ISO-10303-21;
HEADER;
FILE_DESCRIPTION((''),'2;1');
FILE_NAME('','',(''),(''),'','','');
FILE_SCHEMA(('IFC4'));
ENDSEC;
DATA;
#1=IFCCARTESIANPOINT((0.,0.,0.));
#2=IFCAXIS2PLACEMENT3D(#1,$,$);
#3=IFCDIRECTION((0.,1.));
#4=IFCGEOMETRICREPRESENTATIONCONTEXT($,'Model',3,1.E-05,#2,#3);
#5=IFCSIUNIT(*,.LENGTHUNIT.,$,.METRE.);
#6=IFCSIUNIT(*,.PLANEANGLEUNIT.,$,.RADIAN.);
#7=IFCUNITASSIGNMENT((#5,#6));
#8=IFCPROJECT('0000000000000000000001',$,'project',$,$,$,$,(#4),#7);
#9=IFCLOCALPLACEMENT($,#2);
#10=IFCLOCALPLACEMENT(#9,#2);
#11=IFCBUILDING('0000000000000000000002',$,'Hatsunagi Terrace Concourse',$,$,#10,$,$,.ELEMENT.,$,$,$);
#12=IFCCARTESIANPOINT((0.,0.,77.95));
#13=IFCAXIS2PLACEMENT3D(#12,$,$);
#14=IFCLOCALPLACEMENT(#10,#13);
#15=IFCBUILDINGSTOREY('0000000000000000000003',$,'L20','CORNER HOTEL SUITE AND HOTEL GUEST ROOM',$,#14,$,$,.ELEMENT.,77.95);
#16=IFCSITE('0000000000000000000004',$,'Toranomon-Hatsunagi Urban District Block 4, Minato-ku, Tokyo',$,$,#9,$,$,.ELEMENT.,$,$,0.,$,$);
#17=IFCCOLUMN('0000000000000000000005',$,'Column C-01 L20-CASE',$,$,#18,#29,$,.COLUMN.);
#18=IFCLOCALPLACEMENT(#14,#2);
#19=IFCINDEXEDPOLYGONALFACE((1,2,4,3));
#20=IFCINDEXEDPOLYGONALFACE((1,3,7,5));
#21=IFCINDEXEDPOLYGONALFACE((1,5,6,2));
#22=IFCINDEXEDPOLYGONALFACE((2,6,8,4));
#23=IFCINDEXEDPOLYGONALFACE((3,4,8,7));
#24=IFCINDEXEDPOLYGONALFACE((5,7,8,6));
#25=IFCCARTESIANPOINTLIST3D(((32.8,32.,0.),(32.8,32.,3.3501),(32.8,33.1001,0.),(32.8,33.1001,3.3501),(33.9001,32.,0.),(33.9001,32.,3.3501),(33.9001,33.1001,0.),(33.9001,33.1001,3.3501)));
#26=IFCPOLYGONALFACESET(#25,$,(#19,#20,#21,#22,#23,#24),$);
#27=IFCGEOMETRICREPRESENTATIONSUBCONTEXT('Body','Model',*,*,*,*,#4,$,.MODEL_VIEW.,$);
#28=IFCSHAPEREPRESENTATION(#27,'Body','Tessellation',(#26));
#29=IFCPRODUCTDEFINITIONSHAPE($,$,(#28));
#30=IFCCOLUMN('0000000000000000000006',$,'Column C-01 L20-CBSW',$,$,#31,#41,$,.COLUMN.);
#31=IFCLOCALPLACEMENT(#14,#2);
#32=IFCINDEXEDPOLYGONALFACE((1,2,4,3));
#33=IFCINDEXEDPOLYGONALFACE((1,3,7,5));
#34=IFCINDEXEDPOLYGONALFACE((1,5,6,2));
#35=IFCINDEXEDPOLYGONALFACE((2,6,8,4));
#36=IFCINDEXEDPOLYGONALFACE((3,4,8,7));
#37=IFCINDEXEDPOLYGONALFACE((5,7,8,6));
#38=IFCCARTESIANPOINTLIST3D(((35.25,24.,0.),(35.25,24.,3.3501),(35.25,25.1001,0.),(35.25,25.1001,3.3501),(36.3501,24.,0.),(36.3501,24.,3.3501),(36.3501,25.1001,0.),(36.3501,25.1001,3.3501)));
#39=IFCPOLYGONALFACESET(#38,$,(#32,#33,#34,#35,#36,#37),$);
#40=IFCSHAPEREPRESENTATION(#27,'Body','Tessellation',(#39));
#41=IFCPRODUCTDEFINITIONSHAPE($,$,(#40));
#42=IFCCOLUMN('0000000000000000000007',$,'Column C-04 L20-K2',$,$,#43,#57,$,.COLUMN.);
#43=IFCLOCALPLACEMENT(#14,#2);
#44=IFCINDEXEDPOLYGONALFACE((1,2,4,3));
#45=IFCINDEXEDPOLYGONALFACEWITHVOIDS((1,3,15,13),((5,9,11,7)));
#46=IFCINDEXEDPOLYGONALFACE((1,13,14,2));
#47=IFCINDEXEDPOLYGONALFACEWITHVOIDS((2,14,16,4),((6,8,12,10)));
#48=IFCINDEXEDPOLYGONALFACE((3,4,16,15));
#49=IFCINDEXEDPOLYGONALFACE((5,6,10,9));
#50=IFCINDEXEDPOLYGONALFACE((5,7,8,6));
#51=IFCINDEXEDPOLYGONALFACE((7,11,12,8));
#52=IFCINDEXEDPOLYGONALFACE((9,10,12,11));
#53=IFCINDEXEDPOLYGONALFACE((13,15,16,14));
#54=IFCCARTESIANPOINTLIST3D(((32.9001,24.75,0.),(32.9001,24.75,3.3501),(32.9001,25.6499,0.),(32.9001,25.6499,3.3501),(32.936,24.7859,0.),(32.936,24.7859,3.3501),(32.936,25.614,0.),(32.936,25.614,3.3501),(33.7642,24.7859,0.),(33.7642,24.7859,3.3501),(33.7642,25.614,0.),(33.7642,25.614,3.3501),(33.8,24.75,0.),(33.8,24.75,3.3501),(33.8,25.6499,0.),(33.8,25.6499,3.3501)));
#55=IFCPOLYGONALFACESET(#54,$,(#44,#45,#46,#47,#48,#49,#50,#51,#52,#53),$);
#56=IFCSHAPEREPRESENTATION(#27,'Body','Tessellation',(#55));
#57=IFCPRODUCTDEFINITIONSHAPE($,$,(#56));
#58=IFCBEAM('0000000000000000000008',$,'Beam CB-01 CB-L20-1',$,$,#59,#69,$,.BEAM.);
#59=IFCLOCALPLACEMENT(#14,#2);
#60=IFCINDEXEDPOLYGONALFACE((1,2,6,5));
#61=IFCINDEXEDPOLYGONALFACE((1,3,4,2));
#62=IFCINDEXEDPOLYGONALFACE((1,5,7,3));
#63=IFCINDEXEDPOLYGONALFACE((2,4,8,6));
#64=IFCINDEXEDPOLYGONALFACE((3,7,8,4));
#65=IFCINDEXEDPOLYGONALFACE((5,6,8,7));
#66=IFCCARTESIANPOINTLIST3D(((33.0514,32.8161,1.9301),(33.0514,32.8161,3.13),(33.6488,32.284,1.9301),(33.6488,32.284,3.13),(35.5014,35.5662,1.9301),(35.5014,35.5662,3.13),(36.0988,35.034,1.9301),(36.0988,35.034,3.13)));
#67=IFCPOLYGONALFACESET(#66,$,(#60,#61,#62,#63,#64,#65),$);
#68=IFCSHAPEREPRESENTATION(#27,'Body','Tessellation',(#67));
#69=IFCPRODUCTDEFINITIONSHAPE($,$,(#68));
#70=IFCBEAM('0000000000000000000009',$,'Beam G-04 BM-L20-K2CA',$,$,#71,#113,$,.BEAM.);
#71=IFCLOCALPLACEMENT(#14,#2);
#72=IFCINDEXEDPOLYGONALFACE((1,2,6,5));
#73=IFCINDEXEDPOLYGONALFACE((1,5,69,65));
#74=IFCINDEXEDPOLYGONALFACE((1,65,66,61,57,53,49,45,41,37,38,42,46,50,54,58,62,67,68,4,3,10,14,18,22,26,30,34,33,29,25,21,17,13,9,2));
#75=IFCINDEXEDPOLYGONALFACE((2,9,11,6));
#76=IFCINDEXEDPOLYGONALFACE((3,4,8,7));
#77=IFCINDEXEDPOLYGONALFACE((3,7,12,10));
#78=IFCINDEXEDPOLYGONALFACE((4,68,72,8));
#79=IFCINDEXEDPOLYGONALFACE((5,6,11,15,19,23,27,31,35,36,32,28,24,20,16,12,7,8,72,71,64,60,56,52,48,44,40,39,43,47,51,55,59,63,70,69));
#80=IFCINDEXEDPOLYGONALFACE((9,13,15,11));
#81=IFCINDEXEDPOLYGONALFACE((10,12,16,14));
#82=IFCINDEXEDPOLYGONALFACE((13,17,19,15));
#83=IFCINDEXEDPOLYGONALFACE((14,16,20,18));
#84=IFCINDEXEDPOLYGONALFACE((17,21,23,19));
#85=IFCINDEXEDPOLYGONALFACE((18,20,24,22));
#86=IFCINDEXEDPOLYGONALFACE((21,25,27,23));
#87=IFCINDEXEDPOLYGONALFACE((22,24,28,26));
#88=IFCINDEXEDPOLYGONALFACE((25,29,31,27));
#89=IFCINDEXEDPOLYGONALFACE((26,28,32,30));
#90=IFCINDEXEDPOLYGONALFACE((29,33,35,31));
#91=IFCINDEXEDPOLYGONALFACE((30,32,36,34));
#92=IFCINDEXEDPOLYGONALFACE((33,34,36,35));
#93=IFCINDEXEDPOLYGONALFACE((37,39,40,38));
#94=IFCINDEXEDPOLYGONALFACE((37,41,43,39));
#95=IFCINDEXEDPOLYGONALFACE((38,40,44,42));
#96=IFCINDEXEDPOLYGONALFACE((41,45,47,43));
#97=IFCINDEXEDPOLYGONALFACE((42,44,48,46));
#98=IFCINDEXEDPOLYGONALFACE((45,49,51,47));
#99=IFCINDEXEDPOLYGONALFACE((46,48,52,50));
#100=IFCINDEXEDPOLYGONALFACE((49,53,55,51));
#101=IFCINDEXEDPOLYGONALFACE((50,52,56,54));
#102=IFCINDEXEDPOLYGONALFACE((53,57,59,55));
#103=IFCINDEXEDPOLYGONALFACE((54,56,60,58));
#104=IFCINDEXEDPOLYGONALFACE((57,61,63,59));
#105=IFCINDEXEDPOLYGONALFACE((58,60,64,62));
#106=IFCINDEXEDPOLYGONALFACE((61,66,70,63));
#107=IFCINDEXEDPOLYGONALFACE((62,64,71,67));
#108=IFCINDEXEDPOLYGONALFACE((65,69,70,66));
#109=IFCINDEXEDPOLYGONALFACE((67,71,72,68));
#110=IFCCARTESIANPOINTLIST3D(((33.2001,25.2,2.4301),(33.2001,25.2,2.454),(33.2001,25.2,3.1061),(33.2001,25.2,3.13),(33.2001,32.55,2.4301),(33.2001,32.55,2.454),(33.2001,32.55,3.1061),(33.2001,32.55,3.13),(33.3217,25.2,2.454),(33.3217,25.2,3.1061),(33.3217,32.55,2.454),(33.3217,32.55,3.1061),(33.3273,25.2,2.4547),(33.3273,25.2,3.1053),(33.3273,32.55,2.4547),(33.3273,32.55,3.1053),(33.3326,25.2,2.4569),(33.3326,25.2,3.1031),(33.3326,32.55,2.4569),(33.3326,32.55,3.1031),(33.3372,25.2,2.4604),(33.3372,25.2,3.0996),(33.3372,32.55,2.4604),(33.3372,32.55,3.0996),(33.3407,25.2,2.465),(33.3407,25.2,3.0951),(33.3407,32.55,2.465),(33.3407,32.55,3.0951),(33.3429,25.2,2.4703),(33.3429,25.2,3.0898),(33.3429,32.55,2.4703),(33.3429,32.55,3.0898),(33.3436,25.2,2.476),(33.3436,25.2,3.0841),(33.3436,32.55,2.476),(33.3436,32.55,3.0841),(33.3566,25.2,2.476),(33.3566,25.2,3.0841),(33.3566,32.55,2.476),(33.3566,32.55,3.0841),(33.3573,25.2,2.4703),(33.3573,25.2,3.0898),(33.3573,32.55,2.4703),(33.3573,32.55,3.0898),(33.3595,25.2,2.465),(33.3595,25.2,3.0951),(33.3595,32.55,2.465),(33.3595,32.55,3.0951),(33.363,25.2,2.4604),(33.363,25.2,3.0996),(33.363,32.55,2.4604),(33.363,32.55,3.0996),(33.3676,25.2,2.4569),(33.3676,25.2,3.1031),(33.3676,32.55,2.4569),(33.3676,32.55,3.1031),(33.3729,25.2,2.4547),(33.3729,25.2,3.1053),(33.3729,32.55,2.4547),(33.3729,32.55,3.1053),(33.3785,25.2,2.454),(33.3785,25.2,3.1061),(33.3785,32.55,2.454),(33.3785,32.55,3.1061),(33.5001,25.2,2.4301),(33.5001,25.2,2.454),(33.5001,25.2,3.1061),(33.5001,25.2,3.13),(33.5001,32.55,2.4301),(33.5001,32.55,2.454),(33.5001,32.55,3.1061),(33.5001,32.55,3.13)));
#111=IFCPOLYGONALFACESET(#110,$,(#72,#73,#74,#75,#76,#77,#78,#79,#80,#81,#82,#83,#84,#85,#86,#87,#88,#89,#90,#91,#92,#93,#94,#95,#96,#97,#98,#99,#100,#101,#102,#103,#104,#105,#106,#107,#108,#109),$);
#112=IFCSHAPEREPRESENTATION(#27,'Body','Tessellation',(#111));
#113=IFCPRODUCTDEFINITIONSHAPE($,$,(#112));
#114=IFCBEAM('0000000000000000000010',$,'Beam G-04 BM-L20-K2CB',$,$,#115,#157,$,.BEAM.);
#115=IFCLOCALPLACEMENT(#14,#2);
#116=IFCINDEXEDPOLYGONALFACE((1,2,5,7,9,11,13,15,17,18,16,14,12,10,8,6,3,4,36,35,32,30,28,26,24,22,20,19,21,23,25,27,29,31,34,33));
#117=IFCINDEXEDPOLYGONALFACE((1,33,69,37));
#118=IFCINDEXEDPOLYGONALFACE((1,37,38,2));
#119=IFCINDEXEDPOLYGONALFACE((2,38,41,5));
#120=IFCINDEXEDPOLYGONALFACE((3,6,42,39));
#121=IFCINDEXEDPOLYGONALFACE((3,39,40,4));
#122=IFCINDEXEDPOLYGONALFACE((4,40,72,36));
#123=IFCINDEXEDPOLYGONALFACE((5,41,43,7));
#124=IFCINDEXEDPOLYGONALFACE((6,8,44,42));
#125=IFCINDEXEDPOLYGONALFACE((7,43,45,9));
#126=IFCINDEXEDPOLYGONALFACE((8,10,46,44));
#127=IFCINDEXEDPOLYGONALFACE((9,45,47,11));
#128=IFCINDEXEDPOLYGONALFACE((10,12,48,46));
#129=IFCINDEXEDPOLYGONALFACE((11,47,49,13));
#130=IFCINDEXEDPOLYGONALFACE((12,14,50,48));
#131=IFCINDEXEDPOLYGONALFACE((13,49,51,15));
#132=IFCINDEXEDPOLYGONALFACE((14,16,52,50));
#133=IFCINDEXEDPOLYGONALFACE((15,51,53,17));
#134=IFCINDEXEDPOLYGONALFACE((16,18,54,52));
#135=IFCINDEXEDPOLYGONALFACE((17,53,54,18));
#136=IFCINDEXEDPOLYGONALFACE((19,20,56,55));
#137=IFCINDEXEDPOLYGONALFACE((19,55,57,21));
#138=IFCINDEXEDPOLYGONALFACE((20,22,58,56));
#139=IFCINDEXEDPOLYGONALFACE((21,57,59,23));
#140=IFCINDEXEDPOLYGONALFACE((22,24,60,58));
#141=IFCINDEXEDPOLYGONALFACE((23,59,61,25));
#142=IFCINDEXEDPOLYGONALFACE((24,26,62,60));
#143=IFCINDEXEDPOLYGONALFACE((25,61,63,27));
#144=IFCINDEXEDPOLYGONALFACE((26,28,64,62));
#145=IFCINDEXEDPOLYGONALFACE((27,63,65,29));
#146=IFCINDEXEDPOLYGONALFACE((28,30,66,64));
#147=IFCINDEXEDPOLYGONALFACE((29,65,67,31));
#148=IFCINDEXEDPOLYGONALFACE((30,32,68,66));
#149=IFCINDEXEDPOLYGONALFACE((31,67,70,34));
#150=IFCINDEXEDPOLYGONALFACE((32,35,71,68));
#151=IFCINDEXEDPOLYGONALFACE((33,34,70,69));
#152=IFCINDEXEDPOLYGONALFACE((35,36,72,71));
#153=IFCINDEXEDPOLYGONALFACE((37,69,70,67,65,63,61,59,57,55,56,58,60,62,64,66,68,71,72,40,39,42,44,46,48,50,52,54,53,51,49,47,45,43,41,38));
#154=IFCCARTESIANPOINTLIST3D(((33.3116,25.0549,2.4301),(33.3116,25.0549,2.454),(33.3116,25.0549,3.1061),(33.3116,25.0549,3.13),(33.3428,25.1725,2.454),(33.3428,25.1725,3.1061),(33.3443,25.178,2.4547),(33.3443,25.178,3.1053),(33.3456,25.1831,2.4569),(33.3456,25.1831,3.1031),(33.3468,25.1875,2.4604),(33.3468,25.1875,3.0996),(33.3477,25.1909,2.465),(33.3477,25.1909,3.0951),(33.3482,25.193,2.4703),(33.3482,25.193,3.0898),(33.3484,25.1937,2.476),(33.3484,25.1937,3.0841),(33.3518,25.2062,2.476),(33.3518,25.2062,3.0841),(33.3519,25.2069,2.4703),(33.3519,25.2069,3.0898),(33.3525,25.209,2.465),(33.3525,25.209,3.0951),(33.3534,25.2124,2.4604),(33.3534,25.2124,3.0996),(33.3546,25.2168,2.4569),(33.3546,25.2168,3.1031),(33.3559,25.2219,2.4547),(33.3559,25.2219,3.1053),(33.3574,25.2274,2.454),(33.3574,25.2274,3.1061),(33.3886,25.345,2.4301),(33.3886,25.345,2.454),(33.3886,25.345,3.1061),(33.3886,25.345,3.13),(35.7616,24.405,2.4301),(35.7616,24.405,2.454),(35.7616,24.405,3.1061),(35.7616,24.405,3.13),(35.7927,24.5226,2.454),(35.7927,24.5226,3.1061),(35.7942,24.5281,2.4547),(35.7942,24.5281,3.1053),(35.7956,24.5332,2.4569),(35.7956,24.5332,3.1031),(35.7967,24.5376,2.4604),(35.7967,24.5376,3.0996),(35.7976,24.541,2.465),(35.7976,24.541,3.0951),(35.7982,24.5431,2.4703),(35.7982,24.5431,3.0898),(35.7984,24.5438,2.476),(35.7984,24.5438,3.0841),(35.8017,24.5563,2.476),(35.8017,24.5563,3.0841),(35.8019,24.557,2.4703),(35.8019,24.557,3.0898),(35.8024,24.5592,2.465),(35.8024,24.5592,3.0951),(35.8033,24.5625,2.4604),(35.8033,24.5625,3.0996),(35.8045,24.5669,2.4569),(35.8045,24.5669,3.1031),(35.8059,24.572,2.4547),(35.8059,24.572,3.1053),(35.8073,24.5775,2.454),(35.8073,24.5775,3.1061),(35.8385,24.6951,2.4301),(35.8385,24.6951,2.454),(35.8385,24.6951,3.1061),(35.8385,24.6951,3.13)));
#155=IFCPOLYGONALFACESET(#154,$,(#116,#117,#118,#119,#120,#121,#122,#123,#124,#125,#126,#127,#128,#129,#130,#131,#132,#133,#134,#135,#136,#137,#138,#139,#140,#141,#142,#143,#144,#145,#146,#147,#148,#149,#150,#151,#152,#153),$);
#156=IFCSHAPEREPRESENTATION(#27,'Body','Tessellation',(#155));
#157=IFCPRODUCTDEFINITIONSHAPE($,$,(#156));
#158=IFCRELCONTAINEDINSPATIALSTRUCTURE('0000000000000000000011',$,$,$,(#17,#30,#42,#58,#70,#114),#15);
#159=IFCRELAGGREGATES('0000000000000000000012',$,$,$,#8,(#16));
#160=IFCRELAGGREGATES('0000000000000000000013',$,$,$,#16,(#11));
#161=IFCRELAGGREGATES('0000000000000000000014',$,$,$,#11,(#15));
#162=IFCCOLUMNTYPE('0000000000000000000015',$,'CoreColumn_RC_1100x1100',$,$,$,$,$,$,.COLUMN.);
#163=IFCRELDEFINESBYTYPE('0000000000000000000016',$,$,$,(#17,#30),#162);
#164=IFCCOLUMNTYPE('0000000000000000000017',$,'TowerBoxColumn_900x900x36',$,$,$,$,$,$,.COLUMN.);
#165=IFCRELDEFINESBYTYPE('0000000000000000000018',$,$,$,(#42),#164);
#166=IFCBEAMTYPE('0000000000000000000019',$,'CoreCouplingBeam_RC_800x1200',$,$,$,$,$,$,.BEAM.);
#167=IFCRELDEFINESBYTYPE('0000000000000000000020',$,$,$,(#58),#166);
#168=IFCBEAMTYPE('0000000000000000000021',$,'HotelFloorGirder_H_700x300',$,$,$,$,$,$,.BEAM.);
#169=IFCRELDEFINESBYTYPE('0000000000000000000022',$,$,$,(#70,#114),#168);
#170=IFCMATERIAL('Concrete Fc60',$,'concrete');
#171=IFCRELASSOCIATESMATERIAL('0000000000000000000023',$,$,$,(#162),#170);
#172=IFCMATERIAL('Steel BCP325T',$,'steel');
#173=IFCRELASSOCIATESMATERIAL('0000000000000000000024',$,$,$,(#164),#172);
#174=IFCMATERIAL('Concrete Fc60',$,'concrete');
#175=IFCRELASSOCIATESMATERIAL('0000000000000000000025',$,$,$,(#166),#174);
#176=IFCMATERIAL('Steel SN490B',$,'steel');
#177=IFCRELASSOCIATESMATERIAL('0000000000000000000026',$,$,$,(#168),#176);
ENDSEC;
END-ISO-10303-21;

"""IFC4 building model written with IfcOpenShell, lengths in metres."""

from ifc_helpers import new_model, si_unit, direction, frame, origin, origin_2d, place, context, subcontext, project, spatial, rectangle, hollow_rectangle, i_section, extrude, material, material_profile, profile_set, type_object, element, save


model = new_model("IFC4")

# Units and contexts
model_context = context("Model", 3, precision=1e-05, world=origin(), true_north=direction((0.0, 1.0)))
body_context = subcontext(model_context, "Body", "Model", "MODEL_VIEW")
ifc_project = project(units=[si_unit("LENGTHUNIT", "METRE"), si_unit("PLANEANGLEUNIT", "RADIAN")], contexts=[model_context])

# Site, building, storey
site_placement = place(None, origin())
site = spatial("IfcSite", under=ifc_project, at=site_placement, Name="Toranomon-Hatsunagi Urban District Block 4, Minato-ku, Tokyo", CompositionType="ELEMENT", RefElevation=0.0)
building_placement = place(site_placement, origin())
building = spatial("IfcBuilding", under=site, at=building_placement, Name="Hatsunagi Terrace Concourse", CompositionType="ELEMENT")
storey_placement = place(building_placement, frame((0.0, 0.0, 77.95)))
storey = spatial("IfcBuildingStorey", under=building, at=storey_placement, Name="L20", Description="CORNER HOTEL SUITE AND HOTEL GUEST ROOM", CompositionType="ELEMENT", Elevation=77.95)

# Columns
ifc_material_1 = material(Name="Concrete Fc60", Category="concrete")
ifc_material_profile_1 = material_profile(ifc_material_1, rectangle(XDim=1.1001, YDim=1.1001, at=origin_2d()), Name="RC-1100x1100")
ifc_profile_set_1 = profile_set([ifc_material_profile_1], Name="Concrete Fc60")
column_type_1 = type_object("IfcColumnType", Name="CoreColumn_RC_1100x1100", PredefinedType="COLUMN", material=ifc_profile_set_1)
for number, where, z_axis, x_axis, name in (
    (1, (33.3501, 32.55, 0.0), (0.0, 0.0, 1.0), (1.0, 0.0, 0.0), "Column C-01 L20-CASE"),
    (2, (35.8, 24.55, 0.0), (0.0, 0.0, 1.0), (1.0, 0.0, 0.0), "Column C-01 L20-CBSW"),
):
    element("IfcColumn", number, at=place(storey_placement, frame(where, z_axis=z_axis, x_axis=x_axis)), inside=storey, type_object=column_type_1, Name=name, PredefinedType="COLUMN", context=body_context, shape_type="SweptSolid", body=[
        extrude(rectangle(XDim=1.1001, YDim=1.1001, at=origin_2d()), origin(), (0.0, 0.0, 1.0), 3.3501),
    ])
ifc_material_2 = material(Name="Steel BCP325T", Category="steel")
ifc_material_profile_2 = material_profile(ifc_material_2, hollow_rectangle(XDim=0.8999, YDim=0.8999, WallThickness=0.0359, at=origin_2d()), Name="BCP-900x900x36")
ifc_profile_set_2 = profile_set([ifc_material_profile_2], Name="Steel BCP325T")
column_type_2 = type_object("IfcColumnType", Name="TowerBoxColumn_900x900x36", PredefinedType="COLUMN", material=ifc_profile_set_2)
column_placement = place(storey_placement, frame((33.3501, 25.2, 0.0), z_axis=(0.0, 0.0, 1.0), x_axis=(1.0, 0.0, 0.0)))
element("IfcColumn", 3, at=column_placement, inside=storey, type_object=column_type_2, Name="Column C-04 L20-K2", PredefinedType="COLUMN", context=body_context, shape_type="SweptSolid", body=[
    extrude(hollow_rectangle(XDim=0.8999, YDim=0.8999, WallThickness=0.0359, at=origin_2d()), origin(), (0.0, 0.0, 1.0), 3.3501),
])

# Beams
ifc_material_3 = material(Name="Concrete Fc60", Category="concrete")
ifc_material_profile_3 = material_profile(ifc_material_3, rectangle(XDim=0.8, YDim=1.2, at=origin_2d()), Name="RC-800x1200")
ifc_profile_set_3 = profile_set([ifc_material_profile_3], Name="Concrete Fc60")
beam_type_1 = type_object("IfcBeamType", Name="CoreCouplingBeam_RC_800x1200", PredefinedType="BEAM", material=ifc_profile_set_3)
beam_1_placement = place(storey_placement, frame((33.3501, 32.55, 2.53), z_axis=(0.665199, 0.746666, 0.0), x_axis=(-0.746666, 0.665199, 0.0)))
element("IfcBeam", 4, at=beam_1_placement, inside=storey, type_object=beam_type_1, Name="Beam CB-01 CB-L20-1", PredefinedType="BEAM", context=body_context, shape_type="SweptSolid", body=[
    extrude(rectangle(XDim=0.8, YDim=1.2, at=origin_2d()), origin(), (0.0, 0.0, 1.0), 3.6831),
])
ifc_material_4 = material(Name="Steel SN490B", Category="steel")
ifc_material_profile_4 = material_profile(ifc_material_4, i_section(OverallWidth=0.3, OverallDepth=0.7, WebThickness=0.0129, FlangeThickness=0.0239, FilletRadius=0.022, at=origin_2d()), Name="H-700x300x13x24")
ifc_profile_set_4 = profile_set([ifc_material_profile_4], Name="Steel SN490B")
beam_type_2 = type_object("IfcBeamType", Name="HotelFloorGirder_H_700x300", PredefinedType="BEAM", material=ifc_profile_set_4)
beam_2_placement = place(storey_placement, frame((33.3501, 25.2, 2.78), z_axis=(0.0, 1.0, 0.0), x_axis=(-1.0, 0.0, 0.0)))
element("IfcBeam", 5, at=beam_2_placement, inside=storey, type_object=beam_type_2, Name="Beam G-04 BM-L20-K2CA", PredefinedType="BEAM", context=body_context, shape_type="SweptSolid", body=[
    extrude(i_section(OverallWidth=0.3, OverallDepth=0.7, WebThickness=0.0129, FlangeThickness=0.0239, FilletRadius=0.022, at=origin_2d()), origin(), (0.0, 0.0, 1.0), 7.3501),
])
beam_3_placement = place(storey_placement, frame((33.3501, 25.2, 2.78), z_axis=(0.96657, -0.256403, 0.0), x_axis=(0.256403, 0.96657, 0.0)))
element("IfcBeam", 6, at=beam_3_placement, inside=storey, type_object=beam_type_2, Name="Beam G-04 BM-L20-K2CB", PredefinedType="BEAM", context=body_context, shape_type="SweptSolid", body=[
    extrude(i_section(OverallWidth=0.3, OverallDepth=0.7, WebThickness=0.0129, FlangeThickness=0.0239, FilletRadius=0.022, at=origin_2d()), origin(), (0.0, 0.0, 1.0), 2.5347),
])

save(model, "model.ifc")
